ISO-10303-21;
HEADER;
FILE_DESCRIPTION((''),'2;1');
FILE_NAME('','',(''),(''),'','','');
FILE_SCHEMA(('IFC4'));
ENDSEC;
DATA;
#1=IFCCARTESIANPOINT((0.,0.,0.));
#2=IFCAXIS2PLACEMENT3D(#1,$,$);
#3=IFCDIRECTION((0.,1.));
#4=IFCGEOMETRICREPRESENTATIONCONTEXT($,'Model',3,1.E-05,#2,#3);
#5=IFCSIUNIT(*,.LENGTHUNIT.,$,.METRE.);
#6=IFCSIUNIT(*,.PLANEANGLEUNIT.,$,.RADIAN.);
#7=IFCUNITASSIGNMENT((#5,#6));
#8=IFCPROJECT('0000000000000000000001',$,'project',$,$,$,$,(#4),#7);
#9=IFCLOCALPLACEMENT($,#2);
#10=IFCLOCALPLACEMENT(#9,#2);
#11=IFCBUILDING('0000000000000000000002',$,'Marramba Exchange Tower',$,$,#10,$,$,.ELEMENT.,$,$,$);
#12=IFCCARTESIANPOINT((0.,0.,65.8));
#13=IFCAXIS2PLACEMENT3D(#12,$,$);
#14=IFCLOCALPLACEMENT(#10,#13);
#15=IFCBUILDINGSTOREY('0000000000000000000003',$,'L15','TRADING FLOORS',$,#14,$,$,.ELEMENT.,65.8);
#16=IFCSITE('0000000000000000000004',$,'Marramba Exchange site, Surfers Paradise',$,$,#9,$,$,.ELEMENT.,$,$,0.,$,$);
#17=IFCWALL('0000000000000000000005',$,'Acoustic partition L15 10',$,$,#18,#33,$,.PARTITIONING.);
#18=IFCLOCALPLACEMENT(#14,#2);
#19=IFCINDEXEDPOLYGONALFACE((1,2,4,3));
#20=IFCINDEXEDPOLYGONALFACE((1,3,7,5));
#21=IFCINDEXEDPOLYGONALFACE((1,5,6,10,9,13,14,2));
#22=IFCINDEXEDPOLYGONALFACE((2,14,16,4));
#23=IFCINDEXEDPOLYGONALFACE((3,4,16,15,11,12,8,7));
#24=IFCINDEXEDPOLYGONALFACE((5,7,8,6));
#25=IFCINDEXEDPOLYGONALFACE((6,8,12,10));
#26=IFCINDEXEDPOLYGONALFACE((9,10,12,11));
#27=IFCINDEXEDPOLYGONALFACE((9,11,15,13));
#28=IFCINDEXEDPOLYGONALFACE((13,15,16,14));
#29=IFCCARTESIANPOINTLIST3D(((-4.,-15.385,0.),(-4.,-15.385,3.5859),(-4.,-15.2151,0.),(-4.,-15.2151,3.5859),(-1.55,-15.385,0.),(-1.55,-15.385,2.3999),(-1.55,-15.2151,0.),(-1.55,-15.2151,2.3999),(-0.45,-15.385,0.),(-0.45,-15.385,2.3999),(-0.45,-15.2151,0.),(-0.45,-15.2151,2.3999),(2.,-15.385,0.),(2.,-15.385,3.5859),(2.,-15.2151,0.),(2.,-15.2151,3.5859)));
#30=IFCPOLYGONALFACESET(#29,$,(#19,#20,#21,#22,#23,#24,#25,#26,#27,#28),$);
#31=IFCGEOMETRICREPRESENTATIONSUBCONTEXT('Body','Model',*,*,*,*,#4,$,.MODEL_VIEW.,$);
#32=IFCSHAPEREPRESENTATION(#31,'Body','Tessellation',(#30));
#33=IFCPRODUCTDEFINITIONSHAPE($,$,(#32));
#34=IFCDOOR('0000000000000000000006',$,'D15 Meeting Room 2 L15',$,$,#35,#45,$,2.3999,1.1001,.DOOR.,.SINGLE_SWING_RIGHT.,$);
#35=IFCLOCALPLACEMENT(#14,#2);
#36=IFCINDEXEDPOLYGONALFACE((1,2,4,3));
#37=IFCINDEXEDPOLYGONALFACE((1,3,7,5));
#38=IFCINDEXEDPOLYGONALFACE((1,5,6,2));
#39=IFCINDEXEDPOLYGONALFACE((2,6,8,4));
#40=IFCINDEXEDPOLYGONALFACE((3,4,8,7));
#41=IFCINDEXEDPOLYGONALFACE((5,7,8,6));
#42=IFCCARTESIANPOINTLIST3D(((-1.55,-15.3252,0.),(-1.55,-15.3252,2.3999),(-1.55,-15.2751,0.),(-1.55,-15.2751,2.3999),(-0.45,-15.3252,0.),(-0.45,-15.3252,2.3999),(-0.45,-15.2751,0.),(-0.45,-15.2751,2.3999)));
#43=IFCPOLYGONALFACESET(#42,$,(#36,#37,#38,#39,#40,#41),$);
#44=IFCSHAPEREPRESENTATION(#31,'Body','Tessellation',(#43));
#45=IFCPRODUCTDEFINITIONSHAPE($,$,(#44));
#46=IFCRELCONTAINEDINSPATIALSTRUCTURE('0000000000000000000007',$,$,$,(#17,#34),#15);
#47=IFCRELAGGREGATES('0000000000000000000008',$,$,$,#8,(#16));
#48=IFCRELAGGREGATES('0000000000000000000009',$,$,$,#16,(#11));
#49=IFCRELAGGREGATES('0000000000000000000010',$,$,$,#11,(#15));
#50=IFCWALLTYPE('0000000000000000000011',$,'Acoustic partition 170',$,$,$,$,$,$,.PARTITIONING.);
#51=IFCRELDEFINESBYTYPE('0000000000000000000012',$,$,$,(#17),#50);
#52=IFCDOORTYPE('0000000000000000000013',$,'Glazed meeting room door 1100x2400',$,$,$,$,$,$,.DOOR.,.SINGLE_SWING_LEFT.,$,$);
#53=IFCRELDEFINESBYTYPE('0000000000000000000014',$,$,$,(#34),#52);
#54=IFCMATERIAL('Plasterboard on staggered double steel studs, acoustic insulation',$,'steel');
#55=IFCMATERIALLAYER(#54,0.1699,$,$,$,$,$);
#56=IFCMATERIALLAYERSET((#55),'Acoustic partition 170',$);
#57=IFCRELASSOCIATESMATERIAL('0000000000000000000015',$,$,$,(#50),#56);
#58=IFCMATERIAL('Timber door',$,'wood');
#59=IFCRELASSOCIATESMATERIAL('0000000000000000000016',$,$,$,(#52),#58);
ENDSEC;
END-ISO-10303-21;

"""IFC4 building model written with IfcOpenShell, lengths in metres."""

from ifc_helpers import new_model, si_unit, direction, frame, frame_2d, origin, place, context, subcontext, project, spatial, rectangle, extrude, material, layer, layer_set, type_object, element, fill, save


model = new_model("IFC4")

# Units and contexts
model_context = context("Model", 3, precision=1e-05, world=origin(), true_north=direction((0.0, 1.0)))
body_context = subcontext(model_context, "Body", "Model", "MODEL_VIEW")
ifc_project = project(units=[si_unit("LENGTHUNIT", "METRE"), si_unit("PLANEANGLEUNIT", "RADIAN")], contexts=[model_context])

# Site, building, storey
site_placement = place(None, origin())
site = spatial("IfcSite", under=ifc_project, at=site_placement, Name="Marramba Exchange site, Surfers Paradise", CompositionType="ELEMENT", RefElevation=0.0)
building_placement = place(site_placement, origin())
building = spatial("IfcBuilding", under=site, at=building_placement, Name="Marramba Exchange Tower", CompositionType="ELEMENT")
storey_placement = place(building_placement, frame((0.0, 0.0, 65.8)))
storey = spatial("IfcBuildingStorey", under=building, at=storey_placement, Name="L15", Description="TRADING FLOORS", CompositionType="ELEMENT", Elevation=65.8)

# Shared definitions
ifc_material_1 = material(Name="Plasterboard on staggered double steel studs, acoustic insulation", Category="steel")
ifc_layer_1 = layer(ifc_material_1, 0.1699)
ifc_layer_set_1 = layer_set([ifc_layer_1], Name="Acoustic partition 170")
wall_type_1 = type_object("IfcWallType", Name="Acoustic partition 170", PredefinedType="PARTITIONING", material=ifc_layer_set_1)

# Wall, opening, door
wall_1_placement = place(storey_placement, frame((-4.0, -15.3, 0.0), z_axis=(0.0, 0.0, 1.0), x_axis=(1.0, 0.0, 0.0)))
wall_1 = element("IfcWall", 1, at=wall_1_placement, inside=storey, type_object=wall_type_1, Name="Acoustic partition L15 10", PredefinedType="PARTITIONING", context=body_context, shape_type="SweptSolid", body=[
    extrude(rectangle(XDim=6.0, YDim=0.1699, at=frame_2d((3.0, 0.0))), origin(), (0.0, 0.0, 1.0), 3.5859),
])
opening_1_placement = place(wall_1_placement, frame((2.45, 0.0, 0.0)))
opening_1 = element("IfcOpeningElement", 2, at=opening_1_placement, cuts=wall_1, PredefinedType="OPENING", context=body_context, shape_type="SweptSolid", body=[
    extrude(rectangle(XDim=1.1001, YDim=2.3999, at=frame_2d((0.55, 1.2))), frame((0.0, 0.095, 0.0), z_axis=(0.0, -1.0, 0.0), x_axis=(1.0, 0.0, 0.0)), (0.0, 0.0, 1.0), 0.1899),
])
ifc_material_2 = material(Name="Timber door", Category="wood")
door_type_1 = type_object("IfcDoorType", Name="Glazed meeting room door 1100x2400", OperationType="SINGLE_SWING_LEFT", PredefinedType="DOOR", material=ifc_material_2)
door_1_placement = place(opening_1_placement, origin())
door_1 = element("IfcDoor", 3, at=door_1_placement, inside=storey, type_object=door_type_1, Name="D15 Meeting Room 2 L15", OperationType="SINGLE_SWING_RIGHT", OverallHeight=2.3999, OverallWidth=1.1001, PredefinedType="DOOR", context=body_context, shape_type="SweptSolid", body=[
    extrude(rectangle(XDim=1.1001, YDim=2.3999, at=frame_2d((0.55, 1.2))), frame((0.0, 0.0249, 0.0), z_axis=(0.0, -1.0, 0.0), x_axis=(1.0, 0.0, 0.0)), (0.0, 0.0, 1.0), 0.05),
])
fill(opening_1, door_1)

save(model, "model.ifc")
